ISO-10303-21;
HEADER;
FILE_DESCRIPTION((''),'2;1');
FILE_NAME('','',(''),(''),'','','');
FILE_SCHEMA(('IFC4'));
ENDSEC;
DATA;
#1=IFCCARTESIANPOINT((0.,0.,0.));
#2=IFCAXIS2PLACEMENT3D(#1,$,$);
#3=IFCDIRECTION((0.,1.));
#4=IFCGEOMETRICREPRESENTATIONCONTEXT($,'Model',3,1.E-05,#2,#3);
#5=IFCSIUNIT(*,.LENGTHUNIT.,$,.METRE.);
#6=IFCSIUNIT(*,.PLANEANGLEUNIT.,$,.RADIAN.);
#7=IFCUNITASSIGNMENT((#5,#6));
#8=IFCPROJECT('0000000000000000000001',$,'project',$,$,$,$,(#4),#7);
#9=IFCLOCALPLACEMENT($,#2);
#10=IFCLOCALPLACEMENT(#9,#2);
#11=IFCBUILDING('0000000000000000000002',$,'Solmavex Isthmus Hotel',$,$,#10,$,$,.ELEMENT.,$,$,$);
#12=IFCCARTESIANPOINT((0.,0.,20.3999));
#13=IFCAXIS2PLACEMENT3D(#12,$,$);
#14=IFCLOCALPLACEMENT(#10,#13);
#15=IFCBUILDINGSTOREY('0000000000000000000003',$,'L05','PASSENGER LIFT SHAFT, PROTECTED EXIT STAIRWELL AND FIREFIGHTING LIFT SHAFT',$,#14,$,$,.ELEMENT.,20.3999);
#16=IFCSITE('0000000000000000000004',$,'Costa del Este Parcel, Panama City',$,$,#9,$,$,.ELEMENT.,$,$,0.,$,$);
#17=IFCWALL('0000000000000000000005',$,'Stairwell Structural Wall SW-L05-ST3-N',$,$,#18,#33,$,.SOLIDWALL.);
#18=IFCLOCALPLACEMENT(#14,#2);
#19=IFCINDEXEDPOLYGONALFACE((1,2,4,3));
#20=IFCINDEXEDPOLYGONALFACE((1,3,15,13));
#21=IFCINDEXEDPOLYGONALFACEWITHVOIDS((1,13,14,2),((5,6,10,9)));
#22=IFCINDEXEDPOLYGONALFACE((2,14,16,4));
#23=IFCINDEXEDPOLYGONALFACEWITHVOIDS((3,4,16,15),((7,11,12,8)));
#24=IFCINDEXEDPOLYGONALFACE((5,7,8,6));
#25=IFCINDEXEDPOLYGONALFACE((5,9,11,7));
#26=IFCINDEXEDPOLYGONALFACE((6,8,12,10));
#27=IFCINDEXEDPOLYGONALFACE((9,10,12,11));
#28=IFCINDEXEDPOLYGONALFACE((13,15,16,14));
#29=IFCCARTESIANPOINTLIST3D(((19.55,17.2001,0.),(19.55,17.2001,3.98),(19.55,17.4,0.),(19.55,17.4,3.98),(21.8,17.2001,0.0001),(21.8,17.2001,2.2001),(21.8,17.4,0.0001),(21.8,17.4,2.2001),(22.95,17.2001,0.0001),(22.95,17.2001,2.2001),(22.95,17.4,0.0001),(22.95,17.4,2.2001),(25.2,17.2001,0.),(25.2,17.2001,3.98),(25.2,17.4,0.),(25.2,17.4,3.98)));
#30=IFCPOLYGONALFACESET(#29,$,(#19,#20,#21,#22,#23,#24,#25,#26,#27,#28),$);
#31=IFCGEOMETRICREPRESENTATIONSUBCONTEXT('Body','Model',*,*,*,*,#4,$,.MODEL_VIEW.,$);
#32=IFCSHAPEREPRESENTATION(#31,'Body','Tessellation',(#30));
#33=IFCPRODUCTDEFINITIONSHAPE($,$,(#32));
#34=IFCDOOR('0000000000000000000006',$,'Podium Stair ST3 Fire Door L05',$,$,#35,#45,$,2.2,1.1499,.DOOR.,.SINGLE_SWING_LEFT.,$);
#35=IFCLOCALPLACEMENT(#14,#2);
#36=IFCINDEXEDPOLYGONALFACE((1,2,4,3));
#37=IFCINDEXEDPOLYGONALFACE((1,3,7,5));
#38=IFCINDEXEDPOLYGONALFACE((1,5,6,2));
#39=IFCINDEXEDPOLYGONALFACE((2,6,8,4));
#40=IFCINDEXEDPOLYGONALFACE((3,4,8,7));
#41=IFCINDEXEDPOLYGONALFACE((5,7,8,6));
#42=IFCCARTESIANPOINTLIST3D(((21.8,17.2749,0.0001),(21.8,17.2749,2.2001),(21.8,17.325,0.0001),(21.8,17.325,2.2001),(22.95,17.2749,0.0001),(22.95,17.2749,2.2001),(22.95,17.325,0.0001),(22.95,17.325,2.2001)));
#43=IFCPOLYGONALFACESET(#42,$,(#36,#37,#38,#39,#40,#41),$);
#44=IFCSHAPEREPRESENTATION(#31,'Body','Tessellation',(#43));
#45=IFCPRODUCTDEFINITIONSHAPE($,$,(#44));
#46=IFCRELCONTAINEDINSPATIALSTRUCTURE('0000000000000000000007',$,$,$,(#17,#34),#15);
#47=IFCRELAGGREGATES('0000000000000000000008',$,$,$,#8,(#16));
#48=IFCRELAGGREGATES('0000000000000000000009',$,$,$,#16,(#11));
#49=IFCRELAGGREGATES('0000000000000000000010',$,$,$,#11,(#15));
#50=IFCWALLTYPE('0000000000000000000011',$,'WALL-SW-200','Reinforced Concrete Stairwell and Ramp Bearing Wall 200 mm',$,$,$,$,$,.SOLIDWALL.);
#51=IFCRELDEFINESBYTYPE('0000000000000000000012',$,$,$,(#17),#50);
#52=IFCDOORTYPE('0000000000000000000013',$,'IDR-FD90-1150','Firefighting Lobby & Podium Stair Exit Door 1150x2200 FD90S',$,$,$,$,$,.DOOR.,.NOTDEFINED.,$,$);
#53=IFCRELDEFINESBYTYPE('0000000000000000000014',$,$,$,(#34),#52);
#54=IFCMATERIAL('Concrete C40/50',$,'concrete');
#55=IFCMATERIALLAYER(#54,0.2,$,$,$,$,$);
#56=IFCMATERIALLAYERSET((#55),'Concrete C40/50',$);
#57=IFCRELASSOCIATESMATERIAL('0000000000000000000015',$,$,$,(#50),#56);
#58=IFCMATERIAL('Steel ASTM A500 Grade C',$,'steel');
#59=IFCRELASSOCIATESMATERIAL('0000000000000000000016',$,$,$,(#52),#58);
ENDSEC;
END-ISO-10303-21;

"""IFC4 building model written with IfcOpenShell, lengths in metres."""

from ifc_helpers import new_model, si_unit, direction, frame, frame_2d, origin, place, context, subcontext, project, spatial, rectangle, extrude, material, layer, layer_set, type_object, element, fill, save


model = new_model("IFC4")

# Units and contexts
model_context = context("Model", 3, precision=1e-05, world=origin(), true_north=direction((0.0, 1.0)))
body_context = subcontext(model_context, "Body", "Model", "MODEL_VIEW")
ifc_project = project(units=[si_unit("LENGTHUNIT", "METRE"), si_unit("PLANEANGLEUNIT", "RADIAN")], contexts=[model_context])

# Site, building, storey
site_placement = place(None, origin())
site = spatial("IfcSite", under=ifc_project, at=site_placement, Name="Costa del Este Parcel, Panama City", CompositionType="ELEMENT", RefElevation=0.0)
building_placement = place(site_placement, origin())
building = spatial("IfcBuilding", under=site, at=building_placement, Name="Solmavex Isthmus Hotel", CompositionType="ELEMENT")
storey_placement = place(building_placement, frame((0.0, 0.0, 20.3999)))
storey = spatial("IfcBuildingStorey", under=building, at=storey_placement, Name="L05", Description="PASSENGER LIFT SHAFT, PROTECTED EXIT STAIRWELL AND FIREFIGHTING LIFT SHAFT", CompositionType="ELEMENT", Elevation=20.3999)

# Shared definitions
ifc_material_1 = material(Name="Concrete C40/50", Category="concrete")

# Wall, opening, door
ifc_layer_1 = layer(ifc_material_1, 0.2)
ifc_layer_set_1 = layer_set([ifc_layer_1], Name="Concrete C40/50")
wall_type_1 = type_object("IfcWallType", Name="WALL-SW-200", Description="Reinforced Concrete Stairwell and Ramp Bearing Wall 200 mm", PredefinedType="SOLIDWALL", material=ifc_layer_set_1)
wall_1_placement = place(storey_placement, frame((19.55, 17.3, 0.0), z_axis=(0.0, 0.0, 1.0), x_axis=(1.0, 0.0, 0.0)))
wall_1 = element("IfcWall", 1, at=wall_1_placement, inside=storey, type_object=wall_type_1, Name="Stairwell Structural Wall SW-L05-ST3-N", PredefinedType="SOLIDWALL", context=body_context, shape_type="SweptSolid", body=[
    extrude(rectangle(XDim=5.6499, YDim=0.2, at=frame_2d((2.825, 0.0))), origin(), (0.0, 0.0, 1.0), 3.98),
])
opening_1_placement = place(wall_1_placement, frame((2.25, 0.0, 0.0)))
opening_1 = element("IfcOpeningElement", 2, at=opening_1_placement, cuts=wall_1, PredefinedType="OPENING", context=body_context, shape_type="SweptSolid", body=[
    extrude(rectangle(XDim=1.1499, YDim=2.2, at=frame_2d((0.575, 1.1001))), frame((0.0, 0.1099, 0.0), z_axis=(0.0, -1.0, 0.0), x_axis=(1.0, 0.0, 0.0)), (0.0, 0.0, 1.0), 0.22),
])
ifc_material_2 = material(Name="Steel ASTM A500 Grade C", Category="steel")
door_type_1 = type_object("IfcDoorType", Name="IDR-FD90-1150", Description="Firefighting Lobby & Podium Stair Exit Door 1150x2200 FD90S", OperationType="NOTDEFINED", PredefinedType="DOOR", material=ifc_material_2)
door_1_placement = place(opening_1_placement, origin())
door_1 = element("IfcDoor", 3, at=door_1_placement, inside=storey, type_object=door_type_1, Name="Podium Stair ST3 Fire Door L05", OperationType="SINGLE_SWING_LEFT", OverallHeight=2.2, OverallWidth=1.1499, PredefinedType="DOOR", context=body_context, shape_type="SweptSolid", body=[
    extrude(rectangle(XDim=1.1499, YDim=2.2, at=frame_2d((0.575, 1.1001))), frame((0.0, 0.0249, 0.0), z_axis=(0.0, -1.0, 0.0), x_axis=(1.0, 0.0, 0.0)), (0.0, 0.0, 1.0), 0.05),
])
fill(opening_1, door_1)

save(model, "model.ifc")
